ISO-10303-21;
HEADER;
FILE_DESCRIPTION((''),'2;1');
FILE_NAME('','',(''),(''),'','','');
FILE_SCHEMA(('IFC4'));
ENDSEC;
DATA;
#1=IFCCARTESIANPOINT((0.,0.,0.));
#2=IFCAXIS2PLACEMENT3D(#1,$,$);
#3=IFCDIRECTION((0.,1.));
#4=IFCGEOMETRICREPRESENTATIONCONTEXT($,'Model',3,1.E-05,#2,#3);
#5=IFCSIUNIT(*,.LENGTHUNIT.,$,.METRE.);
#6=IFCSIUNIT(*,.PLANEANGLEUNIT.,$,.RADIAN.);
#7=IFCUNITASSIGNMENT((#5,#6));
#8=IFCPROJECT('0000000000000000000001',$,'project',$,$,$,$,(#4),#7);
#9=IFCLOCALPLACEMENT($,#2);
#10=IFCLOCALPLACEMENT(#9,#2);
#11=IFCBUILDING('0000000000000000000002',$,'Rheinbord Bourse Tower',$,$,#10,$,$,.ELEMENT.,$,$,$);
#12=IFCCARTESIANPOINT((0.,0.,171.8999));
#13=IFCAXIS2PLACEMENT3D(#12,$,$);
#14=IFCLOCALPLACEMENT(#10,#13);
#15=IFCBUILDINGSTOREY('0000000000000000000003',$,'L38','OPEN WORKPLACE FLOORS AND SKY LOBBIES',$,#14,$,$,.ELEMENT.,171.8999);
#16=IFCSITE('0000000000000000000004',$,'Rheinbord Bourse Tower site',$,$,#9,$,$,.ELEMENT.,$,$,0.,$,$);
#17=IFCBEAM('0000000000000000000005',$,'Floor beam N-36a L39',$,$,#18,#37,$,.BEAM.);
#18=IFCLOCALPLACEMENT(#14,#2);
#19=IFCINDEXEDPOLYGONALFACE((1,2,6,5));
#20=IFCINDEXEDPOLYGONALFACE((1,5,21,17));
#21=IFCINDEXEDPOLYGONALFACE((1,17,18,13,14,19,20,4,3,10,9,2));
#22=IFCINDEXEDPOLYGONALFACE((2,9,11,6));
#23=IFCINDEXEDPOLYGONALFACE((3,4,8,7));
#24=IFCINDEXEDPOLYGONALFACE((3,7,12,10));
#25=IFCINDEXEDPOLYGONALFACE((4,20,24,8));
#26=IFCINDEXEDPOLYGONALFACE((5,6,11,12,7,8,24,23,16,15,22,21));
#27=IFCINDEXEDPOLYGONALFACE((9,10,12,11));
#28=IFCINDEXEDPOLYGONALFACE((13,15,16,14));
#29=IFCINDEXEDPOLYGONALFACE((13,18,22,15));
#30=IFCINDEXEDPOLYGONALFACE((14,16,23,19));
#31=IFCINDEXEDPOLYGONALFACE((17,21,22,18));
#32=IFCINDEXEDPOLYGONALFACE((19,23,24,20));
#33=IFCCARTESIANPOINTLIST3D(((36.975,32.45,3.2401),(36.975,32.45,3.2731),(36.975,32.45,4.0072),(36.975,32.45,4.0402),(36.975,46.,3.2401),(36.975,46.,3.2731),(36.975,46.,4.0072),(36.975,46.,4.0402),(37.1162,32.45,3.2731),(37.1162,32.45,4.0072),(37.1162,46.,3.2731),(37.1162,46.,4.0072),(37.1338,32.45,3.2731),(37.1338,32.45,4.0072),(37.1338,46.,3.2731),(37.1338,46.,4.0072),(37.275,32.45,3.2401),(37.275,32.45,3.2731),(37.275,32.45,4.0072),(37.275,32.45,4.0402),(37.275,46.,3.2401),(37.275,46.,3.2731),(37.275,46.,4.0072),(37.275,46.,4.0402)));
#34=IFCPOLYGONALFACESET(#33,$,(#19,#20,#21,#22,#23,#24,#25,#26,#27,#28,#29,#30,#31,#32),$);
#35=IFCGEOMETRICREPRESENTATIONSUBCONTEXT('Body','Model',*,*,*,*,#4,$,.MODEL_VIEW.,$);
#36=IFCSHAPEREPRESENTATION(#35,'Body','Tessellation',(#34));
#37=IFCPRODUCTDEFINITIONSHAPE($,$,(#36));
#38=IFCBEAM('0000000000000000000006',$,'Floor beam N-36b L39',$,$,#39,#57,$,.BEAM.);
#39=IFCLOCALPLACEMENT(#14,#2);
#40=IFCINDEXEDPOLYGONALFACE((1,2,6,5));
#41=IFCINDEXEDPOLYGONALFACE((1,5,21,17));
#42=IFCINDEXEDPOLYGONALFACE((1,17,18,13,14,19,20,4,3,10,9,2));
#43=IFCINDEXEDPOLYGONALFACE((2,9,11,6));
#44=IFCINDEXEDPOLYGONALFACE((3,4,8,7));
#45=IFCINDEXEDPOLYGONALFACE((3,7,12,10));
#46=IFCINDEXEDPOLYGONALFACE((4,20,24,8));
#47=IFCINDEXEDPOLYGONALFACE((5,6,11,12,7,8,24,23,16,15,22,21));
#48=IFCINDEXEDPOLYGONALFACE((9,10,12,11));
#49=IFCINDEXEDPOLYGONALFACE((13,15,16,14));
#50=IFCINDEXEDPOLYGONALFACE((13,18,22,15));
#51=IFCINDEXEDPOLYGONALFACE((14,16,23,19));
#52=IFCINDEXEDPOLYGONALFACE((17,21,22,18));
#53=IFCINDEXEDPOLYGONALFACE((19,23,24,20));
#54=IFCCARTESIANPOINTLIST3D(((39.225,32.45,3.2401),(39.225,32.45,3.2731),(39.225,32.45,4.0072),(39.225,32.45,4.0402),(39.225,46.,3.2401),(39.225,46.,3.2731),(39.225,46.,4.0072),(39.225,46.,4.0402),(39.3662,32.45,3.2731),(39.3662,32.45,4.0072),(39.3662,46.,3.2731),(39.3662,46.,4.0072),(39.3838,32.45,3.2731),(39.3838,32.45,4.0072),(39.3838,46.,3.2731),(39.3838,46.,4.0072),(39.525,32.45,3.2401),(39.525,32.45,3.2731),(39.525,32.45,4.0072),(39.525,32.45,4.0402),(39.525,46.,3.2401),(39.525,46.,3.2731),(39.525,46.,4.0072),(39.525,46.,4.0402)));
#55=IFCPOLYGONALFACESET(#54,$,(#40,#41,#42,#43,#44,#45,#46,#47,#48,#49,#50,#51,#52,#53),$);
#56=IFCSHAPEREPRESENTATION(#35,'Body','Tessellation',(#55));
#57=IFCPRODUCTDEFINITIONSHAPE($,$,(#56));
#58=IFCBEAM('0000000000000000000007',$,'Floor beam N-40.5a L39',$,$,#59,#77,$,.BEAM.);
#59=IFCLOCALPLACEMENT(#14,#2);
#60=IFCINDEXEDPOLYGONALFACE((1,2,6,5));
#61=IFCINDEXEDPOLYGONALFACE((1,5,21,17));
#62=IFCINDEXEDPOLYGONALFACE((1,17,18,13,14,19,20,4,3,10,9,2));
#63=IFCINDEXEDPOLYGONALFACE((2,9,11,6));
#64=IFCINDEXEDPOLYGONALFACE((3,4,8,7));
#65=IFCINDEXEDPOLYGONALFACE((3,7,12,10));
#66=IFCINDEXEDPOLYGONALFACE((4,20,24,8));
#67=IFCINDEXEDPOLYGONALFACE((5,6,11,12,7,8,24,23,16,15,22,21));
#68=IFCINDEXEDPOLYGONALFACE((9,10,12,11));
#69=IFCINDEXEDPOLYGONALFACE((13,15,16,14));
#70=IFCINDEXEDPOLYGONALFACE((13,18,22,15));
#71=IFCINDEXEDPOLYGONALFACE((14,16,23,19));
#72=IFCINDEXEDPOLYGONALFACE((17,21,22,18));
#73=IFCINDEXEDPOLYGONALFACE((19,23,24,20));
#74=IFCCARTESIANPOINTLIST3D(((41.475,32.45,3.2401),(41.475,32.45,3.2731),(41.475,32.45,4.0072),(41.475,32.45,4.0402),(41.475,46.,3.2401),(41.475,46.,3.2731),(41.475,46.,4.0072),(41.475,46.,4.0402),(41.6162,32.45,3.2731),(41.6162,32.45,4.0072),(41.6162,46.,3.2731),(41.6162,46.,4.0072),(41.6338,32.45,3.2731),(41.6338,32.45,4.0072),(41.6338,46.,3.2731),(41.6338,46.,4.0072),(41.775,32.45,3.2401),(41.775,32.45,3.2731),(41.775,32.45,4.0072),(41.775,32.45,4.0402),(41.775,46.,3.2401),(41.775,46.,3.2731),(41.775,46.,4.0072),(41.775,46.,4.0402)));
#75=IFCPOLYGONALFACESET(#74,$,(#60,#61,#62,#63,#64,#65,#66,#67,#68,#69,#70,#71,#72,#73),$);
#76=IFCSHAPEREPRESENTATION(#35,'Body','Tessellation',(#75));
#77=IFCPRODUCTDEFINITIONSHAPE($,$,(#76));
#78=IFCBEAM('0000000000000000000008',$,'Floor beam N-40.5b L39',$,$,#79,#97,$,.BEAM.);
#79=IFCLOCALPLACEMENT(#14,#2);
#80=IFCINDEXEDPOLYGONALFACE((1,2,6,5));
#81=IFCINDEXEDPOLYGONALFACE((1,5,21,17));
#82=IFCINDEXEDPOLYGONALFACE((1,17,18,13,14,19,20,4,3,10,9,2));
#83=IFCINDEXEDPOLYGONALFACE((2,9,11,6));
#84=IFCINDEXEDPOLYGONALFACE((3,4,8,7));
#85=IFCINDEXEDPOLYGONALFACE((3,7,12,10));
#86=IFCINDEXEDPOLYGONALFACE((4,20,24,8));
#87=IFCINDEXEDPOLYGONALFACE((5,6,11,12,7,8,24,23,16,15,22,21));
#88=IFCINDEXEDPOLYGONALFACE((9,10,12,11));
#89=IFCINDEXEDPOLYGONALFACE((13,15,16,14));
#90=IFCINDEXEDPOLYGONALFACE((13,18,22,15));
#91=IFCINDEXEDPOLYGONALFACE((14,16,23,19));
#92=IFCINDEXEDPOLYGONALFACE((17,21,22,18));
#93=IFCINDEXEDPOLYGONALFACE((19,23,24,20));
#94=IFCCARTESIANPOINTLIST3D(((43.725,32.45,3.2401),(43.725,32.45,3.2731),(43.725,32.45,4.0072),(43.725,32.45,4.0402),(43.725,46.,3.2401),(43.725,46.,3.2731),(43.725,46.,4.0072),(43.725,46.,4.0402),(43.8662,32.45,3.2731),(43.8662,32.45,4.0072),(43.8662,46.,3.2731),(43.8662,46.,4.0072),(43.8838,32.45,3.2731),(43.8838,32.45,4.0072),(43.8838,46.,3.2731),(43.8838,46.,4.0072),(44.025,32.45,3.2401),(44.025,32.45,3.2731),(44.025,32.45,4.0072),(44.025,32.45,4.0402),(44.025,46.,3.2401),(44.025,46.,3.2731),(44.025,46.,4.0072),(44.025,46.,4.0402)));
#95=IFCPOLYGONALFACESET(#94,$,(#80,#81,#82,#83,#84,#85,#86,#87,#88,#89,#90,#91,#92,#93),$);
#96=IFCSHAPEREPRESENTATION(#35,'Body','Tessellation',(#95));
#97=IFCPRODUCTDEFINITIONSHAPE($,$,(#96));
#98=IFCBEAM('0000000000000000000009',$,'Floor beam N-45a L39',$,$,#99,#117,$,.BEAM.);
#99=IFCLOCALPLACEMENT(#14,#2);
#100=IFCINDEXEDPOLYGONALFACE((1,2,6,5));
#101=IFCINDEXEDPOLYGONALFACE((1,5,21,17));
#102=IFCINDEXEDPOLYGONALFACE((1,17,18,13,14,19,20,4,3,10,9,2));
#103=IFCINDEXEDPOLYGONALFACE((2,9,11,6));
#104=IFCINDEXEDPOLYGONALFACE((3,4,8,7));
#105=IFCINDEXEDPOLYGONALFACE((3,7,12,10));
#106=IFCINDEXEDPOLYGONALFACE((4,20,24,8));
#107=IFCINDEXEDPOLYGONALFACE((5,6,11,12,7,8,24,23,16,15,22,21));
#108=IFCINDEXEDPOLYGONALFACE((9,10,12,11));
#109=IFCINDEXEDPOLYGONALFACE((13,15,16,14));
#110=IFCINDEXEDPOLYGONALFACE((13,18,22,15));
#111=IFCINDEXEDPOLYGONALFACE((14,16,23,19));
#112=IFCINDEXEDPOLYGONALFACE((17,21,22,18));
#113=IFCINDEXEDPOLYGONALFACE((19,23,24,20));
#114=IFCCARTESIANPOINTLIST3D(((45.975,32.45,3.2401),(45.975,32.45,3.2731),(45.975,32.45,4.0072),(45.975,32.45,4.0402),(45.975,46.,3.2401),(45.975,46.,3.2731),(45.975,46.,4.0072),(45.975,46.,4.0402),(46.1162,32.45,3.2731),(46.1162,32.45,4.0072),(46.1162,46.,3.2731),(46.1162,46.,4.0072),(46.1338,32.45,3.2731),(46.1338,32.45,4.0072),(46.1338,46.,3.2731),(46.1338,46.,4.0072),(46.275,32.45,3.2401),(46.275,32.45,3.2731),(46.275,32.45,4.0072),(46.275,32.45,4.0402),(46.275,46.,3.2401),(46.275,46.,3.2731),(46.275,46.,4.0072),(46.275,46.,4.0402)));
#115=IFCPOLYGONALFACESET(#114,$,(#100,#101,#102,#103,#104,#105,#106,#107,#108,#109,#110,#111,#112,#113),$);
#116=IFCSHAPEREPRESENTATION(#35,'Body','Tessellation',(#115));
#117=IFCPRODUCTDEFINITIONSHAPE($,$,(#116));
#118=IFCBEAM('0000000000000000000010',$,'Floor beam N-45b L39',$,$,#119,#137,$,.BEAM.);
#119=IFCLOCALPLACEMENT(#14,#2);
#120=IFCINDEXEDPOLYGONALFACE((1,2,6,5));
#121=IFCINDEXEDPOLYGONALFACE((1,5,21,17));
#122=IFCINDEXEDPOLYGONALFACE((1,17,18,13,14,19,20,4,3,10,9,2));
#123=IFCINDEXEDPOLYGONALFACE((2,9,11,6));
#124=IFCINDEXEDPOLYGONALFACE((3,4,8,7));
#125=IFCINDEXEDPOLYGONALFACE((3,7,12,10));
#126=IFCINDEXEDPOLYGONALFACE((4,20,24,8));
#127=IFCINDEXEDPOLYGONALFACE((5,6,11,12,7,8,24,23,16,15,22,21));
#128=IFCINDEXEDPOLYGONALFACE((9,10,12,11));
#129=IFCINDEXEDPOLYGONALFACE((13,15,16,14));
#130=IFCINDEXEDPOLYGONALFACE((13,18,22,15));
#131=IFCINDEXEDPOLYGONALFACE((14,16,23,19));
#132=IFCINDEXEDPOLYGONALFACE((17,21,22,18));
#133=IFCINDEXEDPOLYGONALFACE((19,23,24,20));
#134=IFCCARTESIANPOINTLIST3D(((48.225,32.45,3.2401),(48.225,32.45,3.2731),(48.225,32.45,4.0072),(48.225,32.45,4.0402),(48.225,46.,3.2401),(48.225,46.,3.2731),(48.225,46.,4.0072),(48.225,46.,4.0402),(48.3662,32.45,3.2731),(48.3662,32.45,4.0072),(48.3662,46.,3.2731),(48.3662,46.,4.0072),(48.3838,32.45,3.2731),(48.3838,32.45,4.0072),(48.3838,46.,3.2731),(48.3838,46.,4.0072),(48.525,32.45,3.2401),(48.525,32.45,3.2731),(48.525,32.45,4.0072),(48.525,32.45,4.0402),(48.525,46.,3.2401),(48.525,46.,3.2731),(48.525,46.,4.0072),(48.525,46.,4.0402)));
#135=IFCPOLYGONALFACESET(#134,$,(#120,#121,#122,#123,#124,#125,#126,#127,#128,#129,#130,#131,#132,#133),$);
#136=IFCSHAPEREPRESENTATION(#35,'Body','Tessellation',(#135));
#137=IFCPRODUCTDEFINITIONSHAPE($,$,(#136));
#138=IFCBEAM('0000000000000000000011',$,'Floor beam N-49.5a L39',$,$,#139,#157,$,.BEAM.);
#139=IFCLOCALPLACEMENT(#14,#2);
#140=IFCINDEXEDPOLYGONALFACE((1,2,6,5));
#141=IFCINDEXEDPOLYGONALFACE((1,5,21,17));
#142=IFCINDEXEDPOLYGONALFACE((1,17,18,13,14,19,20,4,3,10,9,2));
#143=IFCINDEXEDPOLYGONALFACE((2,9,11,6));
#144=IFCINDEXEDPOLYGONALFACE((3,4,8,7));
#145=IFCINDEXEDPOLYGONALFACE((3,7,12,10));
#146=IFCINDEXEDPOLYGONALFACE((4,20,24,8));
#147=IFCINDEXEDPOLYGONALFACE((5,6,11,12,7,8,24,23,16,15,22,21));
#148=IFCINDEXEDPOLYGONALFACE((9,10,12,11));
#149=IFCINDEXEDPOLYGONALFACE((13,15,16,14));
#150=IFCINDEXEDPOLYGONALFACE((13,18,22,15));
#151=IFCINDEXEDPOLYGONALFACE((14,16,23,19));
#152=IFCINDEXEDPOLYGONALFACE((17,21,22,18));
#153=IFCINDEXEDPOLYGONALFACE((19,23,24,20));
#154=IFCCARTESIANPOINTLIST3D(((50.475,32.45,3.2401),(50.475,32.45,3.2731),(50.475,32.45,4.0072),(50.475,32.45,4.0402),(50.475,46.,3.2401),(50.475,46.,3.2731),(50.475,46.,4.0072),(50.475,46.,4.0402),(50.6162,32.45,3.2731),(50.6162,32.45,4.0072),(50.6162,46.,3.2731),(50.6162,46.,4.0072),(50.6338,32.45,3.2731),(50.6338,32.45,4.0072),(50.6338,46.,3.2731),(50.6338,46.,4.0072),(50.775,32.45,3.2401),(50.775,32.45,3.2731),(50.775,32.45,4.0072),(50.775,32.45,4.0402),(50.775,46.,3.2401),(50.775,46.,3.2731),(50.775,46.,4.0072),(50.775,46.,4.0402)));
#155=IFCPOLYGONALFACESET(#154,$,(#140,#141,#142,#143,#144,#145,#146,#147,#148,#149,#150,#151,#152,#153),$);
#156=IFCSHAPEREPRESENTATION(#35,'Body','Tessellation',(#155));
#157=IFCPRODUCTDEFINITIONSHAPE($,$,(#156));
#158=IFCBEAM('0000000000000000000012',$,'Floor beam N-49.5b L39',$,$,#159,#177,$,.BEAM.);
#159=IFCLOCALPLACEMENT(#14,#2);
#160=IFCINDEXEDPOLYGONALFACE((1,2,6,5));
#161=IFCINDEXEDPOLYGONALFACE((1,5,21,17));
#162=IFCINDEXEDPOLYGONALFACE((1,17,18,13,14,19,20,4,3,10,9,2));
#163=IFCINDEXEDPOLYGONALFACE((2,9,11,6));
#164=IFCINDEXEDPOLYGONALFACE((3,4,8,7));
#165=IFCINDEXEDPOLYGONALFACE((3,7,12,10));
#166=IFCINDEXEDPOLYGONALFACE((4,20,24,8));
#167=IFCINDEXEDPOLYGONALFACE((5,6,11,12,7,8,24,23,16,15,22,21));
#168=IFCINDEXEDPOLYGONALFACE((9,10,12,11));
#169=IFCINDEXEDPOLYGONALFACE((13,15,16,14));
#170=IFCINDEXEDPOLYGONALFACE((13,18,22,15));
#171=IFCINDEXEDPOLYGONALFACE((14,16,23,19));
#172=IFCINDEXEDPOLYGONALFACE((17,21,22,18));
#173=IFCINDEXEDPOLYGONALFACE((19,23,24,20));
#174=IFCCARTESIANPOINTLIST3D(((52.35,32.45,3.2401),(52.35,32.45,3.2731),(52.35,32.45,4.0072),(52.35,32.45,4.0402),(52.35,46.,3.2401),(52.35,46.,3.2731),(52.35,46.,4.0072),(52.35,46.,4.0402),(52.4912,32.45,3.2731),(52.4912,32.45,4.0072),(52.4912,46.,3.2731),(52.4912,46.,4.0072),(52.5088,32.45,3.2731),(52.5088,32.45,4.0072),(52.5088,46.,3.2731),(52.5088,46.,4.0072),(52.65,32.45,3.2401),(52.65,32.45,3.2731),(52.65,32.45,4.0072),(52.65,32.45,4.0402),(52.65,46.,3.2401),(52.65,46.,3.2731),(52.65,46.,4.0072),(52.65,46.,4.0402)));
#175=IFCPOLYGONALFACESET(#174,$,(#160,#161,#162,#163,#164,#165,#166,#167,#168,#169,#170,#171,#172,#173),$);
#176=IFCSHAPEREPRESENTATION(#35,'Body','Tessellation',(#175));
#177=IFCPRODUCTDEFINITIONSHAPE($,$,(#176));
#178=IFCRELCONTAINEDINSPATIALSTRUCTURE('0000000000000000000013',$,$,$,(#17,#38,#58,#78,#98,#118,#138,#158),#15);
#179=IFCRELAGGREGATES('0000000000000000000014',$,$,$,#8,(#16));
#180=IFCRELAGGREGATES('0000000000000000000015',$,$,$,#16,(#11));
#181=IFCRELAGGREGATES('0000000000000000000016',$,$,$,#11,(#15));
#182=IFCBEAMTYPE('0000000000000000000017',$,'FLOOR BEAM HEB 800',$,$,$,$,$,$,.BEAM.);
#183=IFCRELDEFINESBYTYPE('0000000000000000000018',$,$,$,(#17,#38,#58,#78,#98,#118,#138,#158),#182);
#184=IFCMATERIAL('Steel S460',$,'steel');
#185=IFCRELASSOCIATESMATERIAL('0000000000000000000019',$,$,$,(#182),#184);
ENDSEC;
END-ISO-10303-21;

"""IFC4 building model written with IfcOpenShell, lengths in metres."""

from ifc_helpers import new_model, si_unit, direction, frame, origin, origin_2d, place, context, subcontext, project, spatial, i_section, extrude, material, material_profile, profile_set, type_object, element, save


model = new_model("IFC4")

# Units and contexts
model_context = context("Model", 3, precision=1e-05, world=origin(), true_north=direction((0.0, 1.0)))
body_context = subcontext(model_context, "Body", "Model", "MODEL_VIEW")
ifc_project = project(units=[si_unit("LENGTHUNIT", "METRE"), si_unit("PLANEANGLEUNIT", "RADIAN")], contexts=[model_context])

# Site, building, storey
site_placement = place(None, origin())
site = spatial("IfcSite", under=ifc_project, at=site_placement, Name="Rheinbord Bourse Tower site", CompositionType="ELEMENT", RefElevation=0.0)
building_placement = place(site_placement, origin())
building = spatial("IfcBuilding", under=site, at=building_placement, Name="Rheinbord Bourse Tower", CompositionType="ELEMENT")
storey_placement = place(building_placement, frame((0.0, 0.0, 171.8999)))
storey = spatial("IfcBuildingStorey", under=building, at=storey_placement, Name="L38", Description="OPEN WORKPLACE FLOORS AND SKY LOBBIES", CompositionType="ELEMENT", Elevation=171.8999)

# Beams
ifc_material_1 = material(Name="Steel S460", Category="steel")
ifc_material_profile_1 = material_profile(ifc_material_1, i_section(OverallWidth=0.3, OverallDepth=0.8, WebThickness=0.0176, FlangeThickness=0.033, at=origin_2d()), Name="HEB 800")
ifc_profile_set_1 = profile_set([ifc_material_profile_1], Name="Steel S460")
beam_type_1 = type_object("IfcBeamType", Name="FLOOR BEAM HEB 800", PredefinedType="BEAM", material=ifc_profile_set_1)
for number, where, z_axis, x_axis, name in (
    (1, (37.125, 46.0, 3.6401), (0.0, -1.0, 0.0), (1.0, 0.0, 0.0), "Floor beam N-36a L39"),
    (2, (39.375, 46.0, 3.6401), (0.0, -1.0, 0.0), (1.0, 0.0, 0.0), "Floor beam N-36b L39"),
    (3, (41.625, 46.0, 3.6401), (0.0, -1.0, 0.0), (1.0, 0.0, 0.0), "Floor beam N-40.5a L39"),
    (4, (43.875, 46.0, 3.6401), (0.0, -1.0, 0.0), (1.0, 0.0, 0.0), "Floor beam N-40.5b L39"),
    (5, (46.125, 46.0, 3.6401), (0.0, -1.0, 0.0), (1.0, 0.0, 0.0), "Floor beam N-45a L39"),
    (6, (48.375, 46.0, 3.6401), (0.0, -1.0, 0.0), (1.0, 0.0, 0.0), "Floor beam N-45b L39"),
    (7, (50.625, 46.0, 3.6401), (0.0, -1.0, 0.0), (1.0, 0.0, 0.0), "Floor beam N-49.5a L39"),
    (8, (52.5, 46.0, 3.6401), (0.0, -1.0, 0.0), (1.0, 0.0, 0.0), "Floor beam N-49.5b L39"),
):
    element("IfcBeam", number, at=place(storey_placement, frame(where, z_axis=z_axis, x_axis=x_axis)), inside=storey, type_object=beam_type_1, Name=name, PredefinedType="BEAM", context=body_context, shape_type="SweptSolid", body=[
        extrude(i_section(OverallWidth=0.3, OverallDepth=0.8, WebThickness=0.0176, FlangeThickness=0.033, at=origin_2d()), origin(), (0.0, 0.0, 1.0), 13.55),
    ])

save(model, "model.ifc")
